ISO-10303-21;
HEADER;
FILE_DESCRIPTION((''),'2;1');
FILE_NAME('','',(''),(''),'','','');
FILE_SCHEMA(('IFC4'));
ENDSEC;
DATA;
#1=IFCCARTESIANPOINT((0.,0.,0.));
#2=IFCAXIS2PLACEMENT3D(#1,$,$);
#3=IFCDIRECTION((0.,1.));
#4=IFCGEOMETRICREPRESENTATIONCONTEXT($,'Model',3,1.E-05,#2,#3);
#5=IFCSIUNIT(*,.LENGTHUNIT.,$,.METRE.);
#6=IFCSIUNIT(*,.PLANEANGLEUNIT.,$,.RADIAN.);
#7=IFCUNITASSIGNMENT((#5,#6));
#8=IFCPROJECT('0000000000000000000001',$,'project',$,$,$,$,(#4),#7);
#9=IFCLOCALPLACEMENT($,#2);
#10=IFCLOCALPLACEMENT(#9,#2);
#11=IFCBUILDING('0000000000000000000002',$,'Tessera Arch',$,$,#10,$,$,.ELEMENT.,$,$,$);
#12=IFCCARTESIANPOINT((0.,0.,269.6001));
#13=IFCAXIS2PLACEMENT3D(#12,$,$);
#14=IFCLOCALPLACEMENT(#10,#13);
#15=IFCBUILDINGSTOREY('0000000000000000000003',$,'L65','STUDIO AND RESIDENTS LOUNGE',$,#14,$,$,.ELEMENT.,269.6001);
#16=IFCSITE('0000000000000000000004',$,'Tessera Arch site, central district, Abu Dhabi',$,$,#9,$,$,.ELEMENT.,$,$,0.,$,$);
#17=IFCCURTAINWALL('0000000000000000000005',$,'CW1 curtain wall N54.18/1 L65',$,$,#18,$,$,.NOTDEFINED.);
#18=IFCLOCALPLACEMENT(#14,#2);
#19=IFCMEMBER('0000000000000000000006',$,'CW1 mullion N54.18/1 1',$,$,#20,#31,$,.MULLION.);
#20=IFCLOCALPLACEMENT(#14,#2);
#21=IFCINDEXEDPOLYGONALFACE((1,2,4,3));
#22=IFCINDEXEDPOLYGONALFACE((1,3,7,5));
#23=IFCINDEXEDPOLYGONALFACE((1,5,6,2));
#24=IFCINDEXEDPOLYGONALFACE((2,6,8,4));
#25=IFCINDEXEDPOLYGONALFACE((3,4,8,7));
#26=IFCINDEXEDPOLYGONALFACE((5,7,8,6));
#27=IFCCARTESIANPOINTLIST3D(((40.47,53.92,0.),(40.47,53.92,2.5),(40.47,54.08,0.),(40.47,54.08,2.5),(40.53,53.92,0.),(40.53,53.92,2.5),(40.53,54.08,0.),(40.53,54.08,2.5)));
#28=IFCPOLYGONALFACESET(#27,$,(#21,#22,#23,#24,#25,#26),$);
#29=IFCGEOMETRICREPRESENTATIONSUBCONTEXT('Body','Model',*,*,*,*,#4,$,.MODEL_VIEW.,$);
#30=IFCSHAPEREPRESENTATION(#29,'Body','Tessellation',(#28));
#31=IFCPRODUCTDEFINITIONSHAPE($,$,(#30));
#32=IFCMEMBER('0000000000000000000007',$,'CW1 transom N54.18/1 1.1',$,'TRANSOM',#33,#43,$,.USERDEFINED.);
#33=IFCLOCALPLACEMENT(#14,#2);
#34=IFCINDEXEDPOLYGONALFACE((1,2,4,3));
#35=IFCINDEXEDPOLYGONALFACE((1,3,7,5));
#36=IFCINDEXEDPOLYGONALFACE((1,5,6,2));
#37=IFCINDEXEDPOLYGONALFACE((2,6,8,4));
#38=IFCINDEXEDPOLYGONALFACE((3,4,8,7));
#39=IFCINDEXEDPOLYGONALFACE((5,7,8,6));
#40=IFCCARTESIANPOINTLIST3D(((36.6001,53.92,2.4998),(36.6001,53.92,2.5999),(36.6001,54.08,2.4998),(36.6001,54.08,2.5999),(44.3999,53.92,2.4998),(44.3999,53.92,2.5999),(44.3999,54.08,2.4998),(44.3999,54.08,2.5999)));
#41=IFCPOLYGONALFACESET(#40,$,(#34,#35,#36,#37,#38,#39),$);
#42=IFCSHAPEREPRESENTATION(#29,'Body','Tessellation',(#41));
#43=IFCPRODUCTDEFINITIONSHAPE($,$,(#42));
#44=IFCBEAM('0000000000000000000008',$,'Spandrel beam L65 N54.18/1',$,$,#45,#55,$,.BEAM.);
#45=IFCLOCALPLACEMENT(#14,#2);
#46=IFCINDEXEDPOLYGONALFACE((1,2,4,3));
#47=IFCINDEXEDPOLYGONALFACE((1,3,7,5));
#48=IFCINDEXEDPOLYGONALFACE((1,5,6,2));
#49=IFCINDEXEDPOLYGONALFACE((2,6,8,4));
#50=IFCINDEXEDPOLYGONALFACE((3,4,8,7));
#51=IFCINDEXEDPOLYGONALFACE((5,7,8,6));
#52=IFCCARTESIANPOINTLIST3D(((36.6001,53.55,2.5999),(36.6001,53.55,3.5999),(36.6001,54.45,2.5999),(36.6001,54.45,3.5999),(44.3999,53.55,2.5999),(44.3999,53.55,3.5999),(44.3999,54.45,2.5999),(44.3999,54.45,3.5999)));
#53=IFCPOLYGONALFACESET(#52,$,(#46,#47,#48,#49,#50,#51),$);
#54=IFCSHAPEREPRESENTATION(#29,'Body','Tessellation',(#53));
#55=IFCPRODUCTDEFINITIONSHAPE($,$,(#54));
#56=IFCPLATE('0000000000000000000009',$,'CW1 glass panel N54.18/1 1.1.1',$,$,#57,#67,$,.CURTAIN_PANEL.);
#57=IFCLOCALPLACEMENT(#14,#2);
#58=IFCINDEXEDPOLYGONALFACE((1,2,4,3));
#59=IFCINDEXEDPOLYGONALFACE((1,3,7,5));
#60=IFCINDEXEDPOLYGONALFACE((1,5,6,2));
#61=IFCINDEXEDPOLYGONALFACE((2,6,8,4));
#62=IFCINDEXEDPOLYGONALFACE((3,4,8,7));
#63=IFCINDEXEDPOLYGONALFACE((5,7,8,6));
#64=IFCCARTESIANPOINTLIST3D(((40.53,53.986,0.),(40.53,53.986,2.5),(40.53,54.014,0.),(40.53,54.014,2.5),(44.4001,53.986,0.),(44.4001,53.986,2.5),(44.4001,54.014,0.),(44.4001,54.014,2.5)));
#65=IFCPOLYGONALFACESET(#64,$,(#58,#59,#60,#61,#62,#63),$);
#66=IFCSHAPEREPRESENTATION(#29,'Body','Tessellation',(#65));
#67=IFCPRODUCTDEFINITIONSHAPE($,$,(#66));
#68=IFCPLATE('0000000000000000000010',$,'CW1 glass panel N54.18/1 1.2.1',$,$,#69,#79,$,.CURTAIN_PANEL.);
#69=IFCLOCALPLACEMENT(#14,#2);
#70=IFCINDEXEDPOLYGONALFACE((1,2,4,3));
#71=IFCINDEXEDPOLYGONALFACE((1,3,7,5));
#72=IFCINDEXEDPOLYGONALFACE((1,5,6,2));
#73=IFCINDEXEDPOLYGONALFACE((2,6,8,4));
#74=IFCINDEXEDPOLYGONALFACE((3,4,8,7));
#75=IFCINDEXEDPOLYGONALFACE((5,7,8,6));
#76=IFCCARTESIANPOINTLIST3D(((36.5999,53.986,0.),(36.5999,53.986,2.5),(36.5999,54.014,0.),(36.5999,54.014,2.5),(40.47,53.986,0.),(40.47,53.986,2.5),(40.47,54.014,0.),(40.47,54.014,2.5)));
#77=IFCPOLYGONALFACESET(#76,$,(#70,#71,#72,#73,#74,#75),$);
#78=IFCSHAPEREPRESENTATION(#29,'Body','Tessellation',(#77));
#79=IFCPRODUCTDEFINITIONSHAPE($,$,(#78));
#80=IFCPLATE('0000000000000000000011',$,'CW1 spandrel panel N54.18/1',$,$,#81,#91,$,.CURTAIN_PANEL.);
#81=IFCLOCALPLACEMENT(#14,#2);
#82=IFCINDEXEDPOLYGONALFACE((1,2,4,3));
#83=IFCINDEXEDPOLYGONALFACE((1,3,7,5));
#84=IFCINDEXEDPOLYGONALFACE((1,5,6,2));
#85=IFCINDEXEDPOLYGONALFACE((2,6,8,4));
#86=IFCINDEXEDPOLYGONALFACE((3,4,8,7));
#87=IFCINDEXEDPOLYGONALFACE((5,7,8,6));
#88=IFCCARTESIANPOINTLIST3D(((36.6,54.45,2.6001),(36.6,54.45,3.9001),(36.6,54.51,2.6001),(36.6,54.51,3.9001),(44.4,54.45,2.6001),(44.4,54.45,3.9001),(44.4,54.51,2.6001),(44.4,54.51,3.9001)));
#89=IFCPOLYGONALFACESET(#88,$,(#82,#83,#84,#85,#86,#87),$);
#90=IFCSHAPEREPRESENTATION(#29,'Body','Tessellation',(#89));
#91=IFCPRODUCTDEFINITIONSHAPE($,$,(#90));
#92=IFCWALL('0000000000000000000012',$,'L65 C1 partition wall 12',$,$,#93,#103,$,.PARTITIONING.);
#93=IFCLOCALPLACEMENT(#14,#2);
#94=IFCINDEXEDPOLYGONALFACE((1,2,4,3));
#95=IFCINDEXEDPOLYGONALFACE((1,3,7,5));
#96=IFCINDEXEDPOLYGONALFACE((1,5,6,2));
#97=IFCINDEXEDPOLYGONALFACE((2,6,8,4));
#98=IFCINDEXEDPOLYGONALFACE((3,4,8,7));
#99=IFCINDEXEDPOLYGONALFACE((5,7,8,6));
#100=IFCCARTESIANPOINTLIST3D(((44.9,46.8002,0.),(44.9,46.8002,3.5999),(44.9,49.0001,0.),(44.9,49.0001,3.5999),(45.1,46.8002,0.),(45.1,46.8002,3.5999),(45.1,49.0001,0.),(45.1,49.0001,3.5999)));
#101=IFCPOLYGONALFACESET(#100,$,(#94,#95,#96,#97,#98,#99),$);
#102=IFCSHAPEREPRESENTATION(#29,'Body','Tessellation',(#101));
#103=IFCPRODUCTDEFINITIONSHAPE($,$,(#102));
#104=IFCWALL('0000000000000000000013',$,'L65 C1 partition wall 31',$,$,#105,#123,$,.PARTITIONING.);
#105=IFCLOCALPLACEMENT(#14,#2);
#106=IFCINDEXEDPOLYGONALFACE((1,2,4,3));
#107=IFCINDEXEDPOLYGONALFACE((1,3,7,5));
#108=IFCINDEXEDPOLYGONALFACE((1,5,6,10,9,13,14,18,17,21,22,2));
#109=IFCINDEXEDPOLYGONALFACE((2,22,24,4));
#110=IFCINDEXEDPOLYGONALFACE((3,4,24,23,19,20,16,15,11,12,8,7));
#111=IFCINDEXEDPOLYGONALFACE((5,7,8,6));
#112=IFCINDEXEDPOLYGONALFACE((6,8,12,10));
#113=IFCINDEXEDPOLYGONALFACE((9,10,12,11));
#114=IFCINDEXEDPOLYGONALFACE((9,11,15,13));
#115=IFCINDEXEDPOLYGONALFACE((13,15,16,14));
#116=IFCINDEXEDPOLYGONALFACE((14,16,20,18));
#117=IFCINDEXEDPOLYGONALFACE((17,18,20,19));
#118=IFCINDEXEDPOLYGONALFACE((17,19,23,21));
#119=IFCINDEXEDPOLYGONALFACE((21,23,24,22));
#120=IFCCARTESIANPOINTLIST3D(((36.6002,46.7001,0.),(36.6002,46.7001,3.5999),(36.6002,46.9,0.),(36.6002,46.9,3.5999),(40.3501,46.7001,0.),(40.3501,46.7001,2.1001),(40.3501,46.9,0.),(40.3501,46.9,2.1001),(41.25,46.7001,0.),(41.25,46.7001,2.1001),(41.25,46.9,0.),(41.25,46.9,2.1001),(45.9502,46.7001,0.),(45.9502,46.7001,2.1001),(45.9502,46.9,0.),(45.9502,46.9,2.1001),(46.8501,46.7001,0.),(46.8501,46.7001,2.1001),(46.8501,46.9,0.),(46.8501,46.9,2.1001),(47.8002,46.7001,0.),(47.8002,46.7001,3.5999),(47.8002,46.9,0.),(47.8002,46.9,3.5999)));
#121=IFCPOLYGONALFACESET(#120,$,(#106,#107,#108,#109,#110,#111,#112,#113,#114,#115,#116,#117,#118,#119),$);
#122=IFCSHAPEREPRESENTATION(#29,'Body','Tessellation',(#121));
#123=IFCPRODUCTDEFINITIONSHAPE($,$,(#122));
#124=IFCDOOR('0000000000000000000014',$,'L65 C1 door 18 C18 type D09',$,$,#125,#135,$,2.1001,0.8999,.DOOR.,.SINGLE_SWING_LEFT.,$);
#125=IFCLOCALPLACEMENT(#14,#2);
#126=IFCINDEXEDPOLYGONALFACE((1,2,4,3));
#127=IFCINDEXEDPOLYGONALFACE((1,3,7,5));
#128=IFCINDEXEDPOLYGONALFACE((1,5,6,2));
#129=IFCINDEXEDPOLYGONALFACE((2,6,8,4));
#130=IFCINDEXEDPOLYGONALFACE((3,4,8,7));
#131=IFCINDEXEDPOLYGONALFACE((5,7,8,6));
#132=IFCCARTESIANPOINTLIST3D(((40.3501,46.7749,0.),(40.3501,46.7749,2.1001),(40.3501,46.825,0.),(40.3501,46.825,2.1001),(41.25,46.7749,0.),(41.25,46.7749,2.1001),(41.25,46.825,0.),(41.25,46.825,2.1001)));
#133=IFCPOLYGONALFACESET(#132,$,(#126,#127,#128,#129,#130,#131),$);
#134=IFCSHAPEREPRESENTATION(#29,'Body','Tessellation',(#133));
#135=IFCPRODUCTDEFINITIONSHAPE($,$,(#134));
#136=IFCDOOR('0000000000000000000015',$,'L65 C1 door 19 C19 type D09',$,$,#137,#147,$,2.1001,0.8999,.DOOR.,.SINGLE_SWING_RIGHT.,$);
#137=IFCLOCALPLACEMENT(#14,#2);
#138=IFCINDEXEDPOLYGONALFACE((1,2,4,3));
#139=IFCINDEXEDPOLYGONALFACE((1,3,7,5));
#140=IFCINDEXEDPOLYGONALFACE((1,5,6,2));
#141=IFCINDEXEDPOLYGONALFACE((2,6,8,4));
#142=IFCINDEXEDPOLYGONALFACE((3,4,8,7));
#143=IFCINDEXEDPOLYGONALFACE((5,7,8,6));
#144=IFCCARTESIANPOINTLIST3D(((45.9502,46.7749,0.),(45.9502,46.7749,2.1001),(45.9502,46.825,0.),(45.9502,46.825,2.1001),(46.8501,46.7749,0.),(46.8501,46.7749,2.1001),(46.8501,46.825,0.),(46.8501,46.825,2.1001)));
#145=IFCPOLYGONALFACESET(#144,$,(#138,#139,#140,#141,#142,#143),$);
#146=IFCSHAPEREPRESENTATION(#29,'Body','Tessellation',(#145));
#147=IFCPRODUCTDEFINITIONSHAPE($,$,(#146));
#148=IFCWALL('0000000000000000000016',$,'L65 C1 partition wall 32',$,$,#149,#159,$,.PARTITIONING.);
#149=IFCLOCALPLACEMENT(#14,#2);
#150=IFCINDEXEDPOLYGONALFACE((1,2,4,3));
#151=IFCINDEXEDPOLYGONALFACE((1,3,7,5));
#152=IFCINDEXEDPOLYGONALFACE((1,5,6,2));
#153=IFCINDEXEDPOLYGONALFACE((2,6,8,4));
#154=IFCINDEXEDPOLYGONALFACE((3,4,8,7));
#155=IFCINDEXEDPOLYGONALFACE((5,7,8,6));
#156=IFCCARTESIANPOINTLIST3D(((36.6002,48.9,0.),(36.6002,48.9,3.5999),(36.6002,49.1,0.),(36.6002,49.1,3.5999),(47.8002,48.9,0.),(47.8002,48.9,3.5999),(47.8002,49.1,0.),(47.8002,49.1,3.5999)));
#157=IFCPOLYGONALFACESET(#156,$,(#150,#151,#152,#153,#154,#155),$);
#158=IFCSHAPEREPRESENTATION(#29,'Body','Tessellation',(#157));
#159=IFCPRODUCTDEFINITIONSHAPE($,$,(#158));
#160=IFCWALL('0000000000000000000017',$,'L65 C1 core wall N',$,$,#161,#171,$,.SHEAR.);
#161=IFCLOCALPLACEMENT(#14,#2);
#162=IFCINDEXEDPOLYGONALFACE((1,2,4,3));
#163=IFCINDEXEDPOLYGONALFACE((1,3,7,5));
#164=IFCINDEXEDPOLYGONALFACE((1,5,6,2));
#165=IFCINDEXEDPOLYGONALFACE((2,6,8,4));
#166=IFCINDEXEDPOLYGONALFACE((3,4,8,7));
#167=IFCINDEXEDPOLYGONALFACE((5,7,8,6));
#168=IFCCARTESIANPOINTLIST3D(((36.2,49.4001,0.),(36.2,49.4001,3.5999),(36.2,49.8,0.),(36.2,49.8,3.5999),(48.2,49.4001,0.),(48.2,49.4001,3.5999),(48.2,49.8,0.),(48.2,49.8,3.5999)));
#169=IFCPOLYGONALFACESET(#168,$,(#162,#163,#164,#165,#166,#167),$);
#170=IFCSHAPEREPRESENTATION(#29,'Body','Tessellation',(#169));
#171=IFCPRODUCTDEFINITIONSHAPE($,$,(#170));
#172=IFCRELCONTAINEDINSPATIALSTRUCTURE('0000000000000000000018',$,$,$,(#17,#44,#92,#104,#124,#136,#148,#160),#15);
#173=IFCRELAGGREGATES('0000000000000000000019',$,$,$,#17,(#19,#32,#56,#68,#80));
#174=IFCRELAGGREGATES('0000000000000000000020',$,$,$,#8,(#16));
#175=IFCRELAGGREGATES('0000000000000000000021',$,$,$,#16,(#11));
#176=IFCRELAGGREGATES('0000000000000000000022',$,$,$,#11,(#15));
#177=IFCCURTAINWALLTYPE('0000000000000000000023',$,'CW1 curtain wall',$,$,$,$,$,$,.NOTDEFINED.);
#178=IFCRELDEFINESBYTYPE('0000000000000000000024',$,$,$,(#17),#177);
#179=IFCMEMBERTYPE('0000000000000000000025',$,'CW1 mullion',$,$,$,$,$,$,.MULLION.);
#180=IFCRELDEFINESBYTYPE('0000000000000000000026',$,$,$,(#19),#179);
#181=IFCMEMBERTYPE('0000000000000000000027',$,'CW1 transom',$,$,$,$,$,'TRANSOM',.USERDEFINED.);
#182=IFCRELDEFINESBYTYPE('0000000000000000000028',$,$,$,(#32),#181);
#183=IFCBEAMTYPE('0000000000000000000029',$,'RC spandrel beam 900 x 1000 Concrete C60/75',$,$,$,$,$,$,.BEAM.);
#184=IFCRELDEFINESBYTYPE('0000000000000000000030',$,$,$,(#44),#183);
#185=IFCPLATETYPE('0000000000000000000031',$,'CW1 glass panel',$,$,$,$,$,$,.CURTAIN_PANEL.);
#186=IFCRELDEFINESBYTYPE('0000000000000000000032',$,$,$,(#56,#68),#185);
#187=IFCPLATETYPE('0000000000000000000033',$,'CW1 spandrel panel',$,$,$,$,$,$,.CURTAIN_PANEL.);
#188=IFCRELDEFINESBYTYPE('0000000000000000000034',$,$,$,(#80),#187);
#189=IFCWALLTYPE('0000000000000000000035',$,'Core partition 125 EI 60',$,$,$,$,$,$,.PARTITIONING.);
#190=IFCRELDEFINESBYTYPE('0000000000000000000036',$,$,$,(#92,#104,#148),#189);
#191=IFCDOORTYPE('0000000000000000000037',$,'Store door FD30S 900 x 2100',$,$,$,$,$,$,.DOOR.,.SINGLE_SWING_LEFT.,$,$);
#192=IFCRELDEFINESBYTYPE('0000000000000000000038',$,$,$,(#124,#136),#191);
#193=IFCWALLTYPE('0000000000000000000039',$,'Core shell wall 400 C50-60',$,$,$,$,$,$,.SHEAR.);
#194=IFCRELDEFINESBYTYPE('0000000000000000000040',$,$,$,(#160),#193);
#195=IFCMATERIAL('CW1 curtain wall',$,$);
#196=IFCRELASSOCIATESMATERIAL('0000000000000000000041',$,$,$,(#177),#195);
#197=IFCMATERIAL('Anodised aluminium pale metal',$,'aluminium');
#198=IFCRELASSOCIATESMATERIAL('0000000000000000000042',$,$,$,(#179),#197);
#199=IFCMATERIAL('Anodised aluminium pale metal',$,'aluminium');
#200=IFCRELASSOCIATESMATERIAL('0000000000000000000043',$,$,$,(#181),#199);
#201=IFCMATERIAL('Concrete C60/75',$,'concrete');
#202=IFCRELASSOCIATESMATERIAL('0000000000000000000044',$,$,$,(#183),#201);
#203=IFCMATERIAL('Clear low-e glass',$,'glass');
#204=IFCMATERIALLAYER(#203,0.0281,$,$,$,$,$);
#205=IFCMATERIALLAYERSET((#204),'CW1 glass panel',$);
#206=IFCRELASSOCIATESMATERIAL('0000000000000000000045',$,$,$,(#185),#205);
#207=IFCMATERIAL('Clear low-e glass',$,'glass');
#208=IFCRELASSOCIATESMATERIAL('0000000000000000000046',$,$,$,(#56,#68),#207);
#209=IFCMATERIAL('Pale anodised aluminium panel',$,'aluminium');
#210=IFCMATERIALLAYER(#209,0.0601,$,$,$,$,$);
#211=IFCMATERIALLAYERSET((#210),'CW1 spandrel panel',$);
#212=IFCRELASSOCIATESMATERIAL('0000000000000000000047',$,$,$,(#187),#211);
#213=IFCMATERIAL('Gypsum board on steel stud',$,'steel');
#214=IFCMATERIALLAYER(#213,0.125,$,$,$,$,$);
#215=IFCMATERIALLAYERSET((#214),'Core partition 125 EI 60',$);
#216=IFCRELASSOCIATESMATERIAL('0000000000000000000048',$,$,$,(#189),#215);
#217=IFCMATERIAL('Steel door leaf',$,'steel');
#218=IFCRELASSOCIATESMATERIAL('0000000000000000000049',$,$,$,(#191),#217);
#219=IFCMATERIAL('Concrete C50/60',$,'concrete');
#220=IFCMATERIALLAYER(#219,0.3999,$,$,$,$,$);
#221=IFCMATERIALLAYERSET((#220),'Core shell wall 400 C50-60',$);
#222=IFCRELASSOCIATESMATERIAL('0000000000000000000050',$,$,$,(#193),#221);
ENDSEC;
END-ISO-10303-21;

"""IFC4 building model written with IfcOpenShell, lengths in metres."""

from ifc_helpers import new_model, si_unit, direction, frame, frame_2d, origin, origin_2d, place, context, subcontext, project, spatial, rectangle, extrude, material, layer, layer_set, material_profile, profile_set, type_object, element, fill, aggregate, save


model = new_model("IFC4")

# Units and contexts
model_context = context("Model", 3, precision=1e-05, world=origin(), true_north=direction((0.0, 1.0)))
body_context = subcontext(model_context, "Body", "Model", "MODEL_VIEW")
ifc_project = project(units=[si_unit("LENGTHUNIT", "METRE"), si_unit("PLANEANGLEUNIT", "RADIAN")], contexts=[model_context])

# Site, building, storey
site_placement = place(None, origin())
site = spatial("IfcSite", under=ifc_project, at=site_placement, Name="Tessera Arch site, central district, Abu Dhabi", CompositionType="ELEMENT", RefElevation=0.0)
building_placement = place(site_placement, origin())
building = spatial("IfcBuilding", under=site, at=building_placement, Name="Tessera Arch", CompositionType="ELEMENT")
storey_placement = place(building_placement, frame((0.0, 0.0, 269.6001)))
storey = spatial("IfcBuildingStorey", under=building, at=storey_placement, Name="L65", Description="STUDIO AND RESIDENTS LOUNGE", CompositionType="ELEMENT", Elevation=269.6001)

# Curtain wall, members
ifc_material_1 = material(Name="CW1 curtain wall")
curtain_wall_type = type_object("IfcCurtainWallType", Name="CW1 curtain wall", PredefinedType="NOTDEFINED", material=ifc_material_1)
curtain_wall_placement = place(storey_placement, origin())
curtain_wall = element("IfcCurtainWall", 1, at=curtain_wall_placement, inside=storey, type_object=curtain_wall_type, Name="CW1 curtain wall N54.18/1 L65", PredefinedType="NOTDEFINED")
ifc_material_2 = material(Name="Anodised aluminium pale metal", Category="aluminium")
ifc_material_profile_1 = material_profile(ifc_material_2, rectangle(XDim=0.1599, YDim=0.0601, at=origin_2d()), Name="AL 60x160")
ifc_profile_set_1 = profile_set([ifc_material_profile_1], Name="Anodised aluminium pale metal")
member_type_1 = type_object("IfcMemberType", Name="CW1 mullion", PredefinedType="MULLION", material=ifc_profile_set_1)
member_1_placement = place(storey_placement, frame((40.5, 54.0, 0.0), z_axis=(0.0, 0.0, 1.0), x_axis=(0.0, -1.0, 0.0)))
member_1 = element("IfcMember", 2, at=member_1_placement, type_object=member_type_1, Name="CW1 mullion N54.18/1 1", PredefinedType="MULLION", context=body_context, shape_type="SweptSolid", body=[
    extrude(rectangle(XDim=0.1599, YDim=0.0601, at=origin_2d()), origin(), (0.0, 0.0, 1.0), 2.5),
])
ifc_material_3 = material(Name="Anodised aluminium pale metal", Category="aluminium")
ifc_material_profile_2 = material_profile(ifc_material_3, rectangle(XDim=0.1599, YDim=0.1001, at=origin_2d()), Name="AL 160x100")
ifc_profile_set_2 = profile_set([ifc_material_profile_2], Name="Anodised aluminium pale metal")
member_type_2 = type_object("IfcMemberType", Name="CW1 transom", ElementType="TRANSOM", PredefinedType="USERDEFINED", material=ifc_profile_set_2)
member_2_placement = place(storey_placement, frame((44.3999, 54.0, 2.5498), z_axis=(-1.0, 0.0, 0.0), x_axis=(0.0, -1.0, 0.0)))
member_2 = element("IfcMember", 3, at=member_2_placement, type_object=member_type_2, Name="CW1 transom N54.18/1 1.1", ObjectType="TRANSOM", PredefinedType="USERDEFINED", context=body_context, shape_type="SweptSolid", body=[
    extrude(rectangle(XDim=0.1599, YDim=0.1001, at=origin_2d()), origin(), (0.0, 0.0, 1.0), 7.7998),
])

# Beam
ifc_material_4 = material(Name="Concrete C60/75", Category="concrete")
ifc_material_profile_3 = material_profile(ifc_material_4, rectangle(XDim=0.8999, YDim=1.0, at=origin_2d()), Name="RC spandrel beam 900 x 1000 Concrete C60/75")
ifc_profile_set_3 = profile_set([ifc_material_profile_3], Name="Concrete C60/75")
beam_type = type_object("IfcBeamType", Name="RC spandrel beam 900 x 1000 Concrete C60/75", PredefinedType="BEAM", material=ifc_profile_set_3)
beam_placement = place(storey_placement, frame((44.3999, 54.0, 3.0999), z_axis=(-1.0, 0.0, 0.0), x_axis=(0.0, -1.0, 0.0)))
element("IfcBeam", 4, at=beam_placement, inside=storey, type_object=beam_type, Name="Spandrel beam L65 N54.18/1", PredefinedType="BEAM", context=body_context, shape_type="SweptSolid", body=[
    extrude(rectangle(XDim=0.8999, YDim=1.0, at=origin_2d()), origin(), (0.0, 0.0, 1.0), 7.7998),
])

# Plates
ifc_material_5 = material(Name="Clear low-e glass", Category="glass")
ifc_material_6 = material(Name="Clear low-e glass", Category="glass")
ifc_layer_1 = layer(ifc_material_6, 0.0281)
ifc_layer_set_1 = layer_set([ifc_layer_1], Name="CW1 glass panel")
plate_type_1 = type_object("IfcPlateType", Name="CW1 glass panel", PredefinedType="CURTAIN_PANEL", material=ifc_layer_set_1)
plate_1_placement = place(storey_placement, frame((42.4651, 54.0, 0.0), z_axis=(0.0, 0.0, 1.0), x_axis=(-1.0, 0.0, 0.0)))
plate_1 = element("IfcPlate", 5, at=plate_1_placement, type_object=plate_type_1, material=ifc_material_5, Name="CW1 glass panel N54.18/1 1.1.1", PredefinedType="CURTAIN_PANEL", context=body_context, shape_type="SweptSolid", body=[
    extrude(rectangle(XDim=3.8701, YDim=0.0281, at=origin_2d()), origin(), (0.0, 0.0, 1.0), 2.5),
])
plate_2_placement = place(storey_placement, frame((38.5349, 54.0, 0.0), z_axis=(0.0, 0.0, 1.0), x_axis=(-1.0, 0.0, 0.0)))
plate_2 = element("IfcPlate", 6, at=plate_2_placement, type_object=plate_type_1, material=ifc_material_5, Name="CW1 glass panel N54.18/1 1.2.1", PredefinedType="CURTAIN_PANEL", context=body_context, shape_type="SweptSolid", body=[
    extrude(rectangle(XDim=3.8701, YDim=0.0281, at=origin_2d()), origin(), (0.0, 0.0, 1.0), 2.5),
])
ifc_material_7 = material(Name="Pale anodised aluminium panel", Category="aluminium")
ifc_layer_2 = layer(ifc_material_7, 0.0601)
ifc_layer_set_2 = layer_set([ifc_layer_2], Name="CW1 spandrel panel")
plate_type_2 = type_object("IfcPlateType", Name="CW1 spandrel panel", PredefinedType="CURTAIN_PANEL", material=ifc_layer_set_2)
plate_3_placement = place(storey_placement, frame((40.5, 54.48, 2.6001), z_axis=(0.0, 0.0, 1.0), x_axis=(-1.0, 0.0, 0.0)))
plate_3 = element("IfcPlate", 7, at=plate_3_placement, type_object=plate_type_2, Name="CW1 spandrel panel N54.18/1", PredefinedType="CURTAIN_PANEL", context=body_context, shape_type="SweptSolid", body=[
    extrude(rectangle(XDim=7.8, YDim=0.0601, at=origin_2d()), origin(), (0.0, 0.0, 1.0), 1.3),
])
aggregate(curtain_wall, [member_1, member_2, plate_1, plate_2, plate_3])

# Wall
ifc_material_8 = material(Name="Gypsum board on steel stud", Category="steel")
ifc_layer_3 = layer(ifc_material_8, 0.125)
ifc_layer_set_3 = layer_set([ifc_layer_3], Name="Core partition 125 EI 60")
wall_type_1 = type_object("IfcWallType", Name="Core partition 125 EI 60", PredefinedType="PARTITIONING", material=ifc_layer_set_3)
wall_1_placement = place(storey_placement, frame((45.0, 46.8, 0.0), z_axis=(0.0, 0.0, 1.0), x_axis=(0.0, 1.0, 0.0)))
element("IfcWall", 8, at=wall_1_placement, inside=storey, type_object=wall_type_1, Name="L65 C1 partition wall 12", PredefinedType="PARTITIONING", context=body_context, shape_type="SweptSolid", body=[
    extrude(rectangle(XDim=2.2, YDim=0.2, at=frame_2d((1.1001, 0.0))), origin(), (0.0, 0.0, 1.0), 3.5999),
])

# Wall, openings, doors
wall_2_placement = place(storey_placement, frame((36.6001, 46.8, 0.0), z_axis=(0.0, 0.0, 1.0), x_axis=(1.0, 0.0, 0.0)))
wall_2 = element("IfcWall", 9, at=wall_2_placement, inside=storey, type_object=wall_type_1, Name="L65 C1 partition wall 31", PredefinedType="PARTITIONING", context=body_context, shape_type="SweptSolid", body=[
    extrude(rectangle(XDim=11.2, YDim=0.2, at=frame_2d((5.6001, 0.0))), origin(), (0.0, 0.0, 1.0), 3.5999),
])
opening_1_placement = place(wall_2_placement, frame((3.75, 0.0, 0.0)))
opening_1 = element("IfcOpeningElement", 10, at=opening_1_placement, cuts=wall_2, PredefinedType="OPENING", context=body_context, shape_type="SweptSolid", body=[
    extrude(rectangle(XDim=0.8999, YDim=2.1001, at=frame_2d((0.45, 1.05))), frame((0.0, 0.1099, 0.0), z_axis=(0.0, -1.0, 0.0), x_axis=(1.0, 0.0, 0.0)), (0.0, 0.0, 1.0), 0.22),
])
opening_2_placement = place(wall_2_placement, frame((9.3501, 0.0, 0.0)))
opening_2 = element("IfcOpeningElement", 11, at=opening_2_placement, cuts=wall_2, PredefinedType="OPENING", context=body_context, shape_type="SweptSolid", body=[
    extrude(rectangle(XDim=0.8999, YDim=2.1001, at=frame_2d((0.45, 1.05))), frame((0.0, 0.1099, 0.0), z_axis=(0.0, -1.0, 0.0), x_axis=(1.0, 0.0, 0.0)), (0.0, 0.0, 1.0), 0.22),
])
ifc_material_9 = material(Name="Steel door leaf", Category="steel")
door_type_1 = type_object("IfcDoorType", Name="Store door FD30S 900 x 2100", OperationType="SINGLE_SWING_LEFT", PredefinedType="DOOR", material=ifc_material_9)
door_1_placement = place(opening_1_placement, origin())
door_1 = element("IfcDoor", 12, at=door_1_placement, inside=storey, type_object=door_type_1, Name="L65 C1 door 18 C18 type D09", OperationType="SINGLE_SWING_LEFT", OverallHeight=2.1001, OverallWidth=0.8999, PredefinedType="DOOR", context=body_context, shape_type="SweptSolid", body=[
    extrude(rectangle(XDim=0.8999, YDim=2.1001, at=frame_2d((0.45, 1.05))), frame((0.0, 0.0249, 0.0), z_axis=(0.0, -1.0, 0.0), x_axis=(1.0, 0.0, 0.0)), (0.0, 0.0, 1.0), 0.05),
])
fill(opening_1, door_1)
door_2_placement = place(opening_2_placement, origin())
door_2 = element("IfcDoor", 13, at=door_2_placement, inside=storey, type_object=door_type_1, Name="L65 C1 door 19 C19 type D09", OperationType="SINGLE_SWING_RIGHT", OverallHeight=2.1001, OverallWidth=0.8999, PredefinedType="DOOR", context=body_context, shape_type="SweptSolid", body=[
    extrude(rectangle(XDim=0.8999, YDim=2.1001, at=frame_2d((0.45, 1.05))), frame((0.0, 0.0249, 0.0), z_axis=(0.0, -1.0, 0.0), x_axis=(1.0, 0.0, 0.0)), (0.0, 0.0, 1.0), 0.05),
])
fill(opening_2, door_2)

# Walls
wall_3_placement = place(storey_placement, frame((36.6001, 49.0, 0.0), z_axis=(0.0, 0.0, 1.0), x_axis=(1.0, 0.0, 0.0)))
element("IfcWall", 14, at=wall_3_placement, inside=storey, type_object=wall_type_1, Name="L65 C1 partition wall 32", PredefinedType="PARTITIONING", context=body_context, shape_type="SweptSolid", body=[
    extrude(rectangle(XDim=11.2, YDim=0.2, at=frame_2d((5.6001, 0.0))), origin(), (0.0, 0.0, 1.0), 3.5999),
])
ifc_material_10 = material(Name="Concrete C50/60", Category="concrete")
ifc_layer_4 = layer(ifc_material_10, 0.3999)
ifc_layer_set_4 = layer_set([ifc_layer_4], Name="Core shell wall 400 C50-60")
wall_type_2 = type_object("IfcWallType", Name="Core shell wall 400 C50-60", PredefinedType="SHEAR", material=ifc_layer_set_4)
wall_4_placement = place(storey_placement, frame((36.2, 49.6001, 0.0), z_axis=(0.0, 0.0, 1.0), x_axis=(1.0, 0.0, 0.0)))
element("IfcWall", 15, at=wall_4_placement, inside=storey, type_object=wall_type_2, Name="L65 C1 core wall N", PredefinedType="SHEAR", context=body_context, shape_type="SweptSolid", body=[
    extrude(rectangle(XDim=12.0, YDim=0.3999, at=frame_2d((6.0, 0.0))), origin(), (0.0, 0.0, 1.0), 3.5999),
])

save(model, "model.ifc")
